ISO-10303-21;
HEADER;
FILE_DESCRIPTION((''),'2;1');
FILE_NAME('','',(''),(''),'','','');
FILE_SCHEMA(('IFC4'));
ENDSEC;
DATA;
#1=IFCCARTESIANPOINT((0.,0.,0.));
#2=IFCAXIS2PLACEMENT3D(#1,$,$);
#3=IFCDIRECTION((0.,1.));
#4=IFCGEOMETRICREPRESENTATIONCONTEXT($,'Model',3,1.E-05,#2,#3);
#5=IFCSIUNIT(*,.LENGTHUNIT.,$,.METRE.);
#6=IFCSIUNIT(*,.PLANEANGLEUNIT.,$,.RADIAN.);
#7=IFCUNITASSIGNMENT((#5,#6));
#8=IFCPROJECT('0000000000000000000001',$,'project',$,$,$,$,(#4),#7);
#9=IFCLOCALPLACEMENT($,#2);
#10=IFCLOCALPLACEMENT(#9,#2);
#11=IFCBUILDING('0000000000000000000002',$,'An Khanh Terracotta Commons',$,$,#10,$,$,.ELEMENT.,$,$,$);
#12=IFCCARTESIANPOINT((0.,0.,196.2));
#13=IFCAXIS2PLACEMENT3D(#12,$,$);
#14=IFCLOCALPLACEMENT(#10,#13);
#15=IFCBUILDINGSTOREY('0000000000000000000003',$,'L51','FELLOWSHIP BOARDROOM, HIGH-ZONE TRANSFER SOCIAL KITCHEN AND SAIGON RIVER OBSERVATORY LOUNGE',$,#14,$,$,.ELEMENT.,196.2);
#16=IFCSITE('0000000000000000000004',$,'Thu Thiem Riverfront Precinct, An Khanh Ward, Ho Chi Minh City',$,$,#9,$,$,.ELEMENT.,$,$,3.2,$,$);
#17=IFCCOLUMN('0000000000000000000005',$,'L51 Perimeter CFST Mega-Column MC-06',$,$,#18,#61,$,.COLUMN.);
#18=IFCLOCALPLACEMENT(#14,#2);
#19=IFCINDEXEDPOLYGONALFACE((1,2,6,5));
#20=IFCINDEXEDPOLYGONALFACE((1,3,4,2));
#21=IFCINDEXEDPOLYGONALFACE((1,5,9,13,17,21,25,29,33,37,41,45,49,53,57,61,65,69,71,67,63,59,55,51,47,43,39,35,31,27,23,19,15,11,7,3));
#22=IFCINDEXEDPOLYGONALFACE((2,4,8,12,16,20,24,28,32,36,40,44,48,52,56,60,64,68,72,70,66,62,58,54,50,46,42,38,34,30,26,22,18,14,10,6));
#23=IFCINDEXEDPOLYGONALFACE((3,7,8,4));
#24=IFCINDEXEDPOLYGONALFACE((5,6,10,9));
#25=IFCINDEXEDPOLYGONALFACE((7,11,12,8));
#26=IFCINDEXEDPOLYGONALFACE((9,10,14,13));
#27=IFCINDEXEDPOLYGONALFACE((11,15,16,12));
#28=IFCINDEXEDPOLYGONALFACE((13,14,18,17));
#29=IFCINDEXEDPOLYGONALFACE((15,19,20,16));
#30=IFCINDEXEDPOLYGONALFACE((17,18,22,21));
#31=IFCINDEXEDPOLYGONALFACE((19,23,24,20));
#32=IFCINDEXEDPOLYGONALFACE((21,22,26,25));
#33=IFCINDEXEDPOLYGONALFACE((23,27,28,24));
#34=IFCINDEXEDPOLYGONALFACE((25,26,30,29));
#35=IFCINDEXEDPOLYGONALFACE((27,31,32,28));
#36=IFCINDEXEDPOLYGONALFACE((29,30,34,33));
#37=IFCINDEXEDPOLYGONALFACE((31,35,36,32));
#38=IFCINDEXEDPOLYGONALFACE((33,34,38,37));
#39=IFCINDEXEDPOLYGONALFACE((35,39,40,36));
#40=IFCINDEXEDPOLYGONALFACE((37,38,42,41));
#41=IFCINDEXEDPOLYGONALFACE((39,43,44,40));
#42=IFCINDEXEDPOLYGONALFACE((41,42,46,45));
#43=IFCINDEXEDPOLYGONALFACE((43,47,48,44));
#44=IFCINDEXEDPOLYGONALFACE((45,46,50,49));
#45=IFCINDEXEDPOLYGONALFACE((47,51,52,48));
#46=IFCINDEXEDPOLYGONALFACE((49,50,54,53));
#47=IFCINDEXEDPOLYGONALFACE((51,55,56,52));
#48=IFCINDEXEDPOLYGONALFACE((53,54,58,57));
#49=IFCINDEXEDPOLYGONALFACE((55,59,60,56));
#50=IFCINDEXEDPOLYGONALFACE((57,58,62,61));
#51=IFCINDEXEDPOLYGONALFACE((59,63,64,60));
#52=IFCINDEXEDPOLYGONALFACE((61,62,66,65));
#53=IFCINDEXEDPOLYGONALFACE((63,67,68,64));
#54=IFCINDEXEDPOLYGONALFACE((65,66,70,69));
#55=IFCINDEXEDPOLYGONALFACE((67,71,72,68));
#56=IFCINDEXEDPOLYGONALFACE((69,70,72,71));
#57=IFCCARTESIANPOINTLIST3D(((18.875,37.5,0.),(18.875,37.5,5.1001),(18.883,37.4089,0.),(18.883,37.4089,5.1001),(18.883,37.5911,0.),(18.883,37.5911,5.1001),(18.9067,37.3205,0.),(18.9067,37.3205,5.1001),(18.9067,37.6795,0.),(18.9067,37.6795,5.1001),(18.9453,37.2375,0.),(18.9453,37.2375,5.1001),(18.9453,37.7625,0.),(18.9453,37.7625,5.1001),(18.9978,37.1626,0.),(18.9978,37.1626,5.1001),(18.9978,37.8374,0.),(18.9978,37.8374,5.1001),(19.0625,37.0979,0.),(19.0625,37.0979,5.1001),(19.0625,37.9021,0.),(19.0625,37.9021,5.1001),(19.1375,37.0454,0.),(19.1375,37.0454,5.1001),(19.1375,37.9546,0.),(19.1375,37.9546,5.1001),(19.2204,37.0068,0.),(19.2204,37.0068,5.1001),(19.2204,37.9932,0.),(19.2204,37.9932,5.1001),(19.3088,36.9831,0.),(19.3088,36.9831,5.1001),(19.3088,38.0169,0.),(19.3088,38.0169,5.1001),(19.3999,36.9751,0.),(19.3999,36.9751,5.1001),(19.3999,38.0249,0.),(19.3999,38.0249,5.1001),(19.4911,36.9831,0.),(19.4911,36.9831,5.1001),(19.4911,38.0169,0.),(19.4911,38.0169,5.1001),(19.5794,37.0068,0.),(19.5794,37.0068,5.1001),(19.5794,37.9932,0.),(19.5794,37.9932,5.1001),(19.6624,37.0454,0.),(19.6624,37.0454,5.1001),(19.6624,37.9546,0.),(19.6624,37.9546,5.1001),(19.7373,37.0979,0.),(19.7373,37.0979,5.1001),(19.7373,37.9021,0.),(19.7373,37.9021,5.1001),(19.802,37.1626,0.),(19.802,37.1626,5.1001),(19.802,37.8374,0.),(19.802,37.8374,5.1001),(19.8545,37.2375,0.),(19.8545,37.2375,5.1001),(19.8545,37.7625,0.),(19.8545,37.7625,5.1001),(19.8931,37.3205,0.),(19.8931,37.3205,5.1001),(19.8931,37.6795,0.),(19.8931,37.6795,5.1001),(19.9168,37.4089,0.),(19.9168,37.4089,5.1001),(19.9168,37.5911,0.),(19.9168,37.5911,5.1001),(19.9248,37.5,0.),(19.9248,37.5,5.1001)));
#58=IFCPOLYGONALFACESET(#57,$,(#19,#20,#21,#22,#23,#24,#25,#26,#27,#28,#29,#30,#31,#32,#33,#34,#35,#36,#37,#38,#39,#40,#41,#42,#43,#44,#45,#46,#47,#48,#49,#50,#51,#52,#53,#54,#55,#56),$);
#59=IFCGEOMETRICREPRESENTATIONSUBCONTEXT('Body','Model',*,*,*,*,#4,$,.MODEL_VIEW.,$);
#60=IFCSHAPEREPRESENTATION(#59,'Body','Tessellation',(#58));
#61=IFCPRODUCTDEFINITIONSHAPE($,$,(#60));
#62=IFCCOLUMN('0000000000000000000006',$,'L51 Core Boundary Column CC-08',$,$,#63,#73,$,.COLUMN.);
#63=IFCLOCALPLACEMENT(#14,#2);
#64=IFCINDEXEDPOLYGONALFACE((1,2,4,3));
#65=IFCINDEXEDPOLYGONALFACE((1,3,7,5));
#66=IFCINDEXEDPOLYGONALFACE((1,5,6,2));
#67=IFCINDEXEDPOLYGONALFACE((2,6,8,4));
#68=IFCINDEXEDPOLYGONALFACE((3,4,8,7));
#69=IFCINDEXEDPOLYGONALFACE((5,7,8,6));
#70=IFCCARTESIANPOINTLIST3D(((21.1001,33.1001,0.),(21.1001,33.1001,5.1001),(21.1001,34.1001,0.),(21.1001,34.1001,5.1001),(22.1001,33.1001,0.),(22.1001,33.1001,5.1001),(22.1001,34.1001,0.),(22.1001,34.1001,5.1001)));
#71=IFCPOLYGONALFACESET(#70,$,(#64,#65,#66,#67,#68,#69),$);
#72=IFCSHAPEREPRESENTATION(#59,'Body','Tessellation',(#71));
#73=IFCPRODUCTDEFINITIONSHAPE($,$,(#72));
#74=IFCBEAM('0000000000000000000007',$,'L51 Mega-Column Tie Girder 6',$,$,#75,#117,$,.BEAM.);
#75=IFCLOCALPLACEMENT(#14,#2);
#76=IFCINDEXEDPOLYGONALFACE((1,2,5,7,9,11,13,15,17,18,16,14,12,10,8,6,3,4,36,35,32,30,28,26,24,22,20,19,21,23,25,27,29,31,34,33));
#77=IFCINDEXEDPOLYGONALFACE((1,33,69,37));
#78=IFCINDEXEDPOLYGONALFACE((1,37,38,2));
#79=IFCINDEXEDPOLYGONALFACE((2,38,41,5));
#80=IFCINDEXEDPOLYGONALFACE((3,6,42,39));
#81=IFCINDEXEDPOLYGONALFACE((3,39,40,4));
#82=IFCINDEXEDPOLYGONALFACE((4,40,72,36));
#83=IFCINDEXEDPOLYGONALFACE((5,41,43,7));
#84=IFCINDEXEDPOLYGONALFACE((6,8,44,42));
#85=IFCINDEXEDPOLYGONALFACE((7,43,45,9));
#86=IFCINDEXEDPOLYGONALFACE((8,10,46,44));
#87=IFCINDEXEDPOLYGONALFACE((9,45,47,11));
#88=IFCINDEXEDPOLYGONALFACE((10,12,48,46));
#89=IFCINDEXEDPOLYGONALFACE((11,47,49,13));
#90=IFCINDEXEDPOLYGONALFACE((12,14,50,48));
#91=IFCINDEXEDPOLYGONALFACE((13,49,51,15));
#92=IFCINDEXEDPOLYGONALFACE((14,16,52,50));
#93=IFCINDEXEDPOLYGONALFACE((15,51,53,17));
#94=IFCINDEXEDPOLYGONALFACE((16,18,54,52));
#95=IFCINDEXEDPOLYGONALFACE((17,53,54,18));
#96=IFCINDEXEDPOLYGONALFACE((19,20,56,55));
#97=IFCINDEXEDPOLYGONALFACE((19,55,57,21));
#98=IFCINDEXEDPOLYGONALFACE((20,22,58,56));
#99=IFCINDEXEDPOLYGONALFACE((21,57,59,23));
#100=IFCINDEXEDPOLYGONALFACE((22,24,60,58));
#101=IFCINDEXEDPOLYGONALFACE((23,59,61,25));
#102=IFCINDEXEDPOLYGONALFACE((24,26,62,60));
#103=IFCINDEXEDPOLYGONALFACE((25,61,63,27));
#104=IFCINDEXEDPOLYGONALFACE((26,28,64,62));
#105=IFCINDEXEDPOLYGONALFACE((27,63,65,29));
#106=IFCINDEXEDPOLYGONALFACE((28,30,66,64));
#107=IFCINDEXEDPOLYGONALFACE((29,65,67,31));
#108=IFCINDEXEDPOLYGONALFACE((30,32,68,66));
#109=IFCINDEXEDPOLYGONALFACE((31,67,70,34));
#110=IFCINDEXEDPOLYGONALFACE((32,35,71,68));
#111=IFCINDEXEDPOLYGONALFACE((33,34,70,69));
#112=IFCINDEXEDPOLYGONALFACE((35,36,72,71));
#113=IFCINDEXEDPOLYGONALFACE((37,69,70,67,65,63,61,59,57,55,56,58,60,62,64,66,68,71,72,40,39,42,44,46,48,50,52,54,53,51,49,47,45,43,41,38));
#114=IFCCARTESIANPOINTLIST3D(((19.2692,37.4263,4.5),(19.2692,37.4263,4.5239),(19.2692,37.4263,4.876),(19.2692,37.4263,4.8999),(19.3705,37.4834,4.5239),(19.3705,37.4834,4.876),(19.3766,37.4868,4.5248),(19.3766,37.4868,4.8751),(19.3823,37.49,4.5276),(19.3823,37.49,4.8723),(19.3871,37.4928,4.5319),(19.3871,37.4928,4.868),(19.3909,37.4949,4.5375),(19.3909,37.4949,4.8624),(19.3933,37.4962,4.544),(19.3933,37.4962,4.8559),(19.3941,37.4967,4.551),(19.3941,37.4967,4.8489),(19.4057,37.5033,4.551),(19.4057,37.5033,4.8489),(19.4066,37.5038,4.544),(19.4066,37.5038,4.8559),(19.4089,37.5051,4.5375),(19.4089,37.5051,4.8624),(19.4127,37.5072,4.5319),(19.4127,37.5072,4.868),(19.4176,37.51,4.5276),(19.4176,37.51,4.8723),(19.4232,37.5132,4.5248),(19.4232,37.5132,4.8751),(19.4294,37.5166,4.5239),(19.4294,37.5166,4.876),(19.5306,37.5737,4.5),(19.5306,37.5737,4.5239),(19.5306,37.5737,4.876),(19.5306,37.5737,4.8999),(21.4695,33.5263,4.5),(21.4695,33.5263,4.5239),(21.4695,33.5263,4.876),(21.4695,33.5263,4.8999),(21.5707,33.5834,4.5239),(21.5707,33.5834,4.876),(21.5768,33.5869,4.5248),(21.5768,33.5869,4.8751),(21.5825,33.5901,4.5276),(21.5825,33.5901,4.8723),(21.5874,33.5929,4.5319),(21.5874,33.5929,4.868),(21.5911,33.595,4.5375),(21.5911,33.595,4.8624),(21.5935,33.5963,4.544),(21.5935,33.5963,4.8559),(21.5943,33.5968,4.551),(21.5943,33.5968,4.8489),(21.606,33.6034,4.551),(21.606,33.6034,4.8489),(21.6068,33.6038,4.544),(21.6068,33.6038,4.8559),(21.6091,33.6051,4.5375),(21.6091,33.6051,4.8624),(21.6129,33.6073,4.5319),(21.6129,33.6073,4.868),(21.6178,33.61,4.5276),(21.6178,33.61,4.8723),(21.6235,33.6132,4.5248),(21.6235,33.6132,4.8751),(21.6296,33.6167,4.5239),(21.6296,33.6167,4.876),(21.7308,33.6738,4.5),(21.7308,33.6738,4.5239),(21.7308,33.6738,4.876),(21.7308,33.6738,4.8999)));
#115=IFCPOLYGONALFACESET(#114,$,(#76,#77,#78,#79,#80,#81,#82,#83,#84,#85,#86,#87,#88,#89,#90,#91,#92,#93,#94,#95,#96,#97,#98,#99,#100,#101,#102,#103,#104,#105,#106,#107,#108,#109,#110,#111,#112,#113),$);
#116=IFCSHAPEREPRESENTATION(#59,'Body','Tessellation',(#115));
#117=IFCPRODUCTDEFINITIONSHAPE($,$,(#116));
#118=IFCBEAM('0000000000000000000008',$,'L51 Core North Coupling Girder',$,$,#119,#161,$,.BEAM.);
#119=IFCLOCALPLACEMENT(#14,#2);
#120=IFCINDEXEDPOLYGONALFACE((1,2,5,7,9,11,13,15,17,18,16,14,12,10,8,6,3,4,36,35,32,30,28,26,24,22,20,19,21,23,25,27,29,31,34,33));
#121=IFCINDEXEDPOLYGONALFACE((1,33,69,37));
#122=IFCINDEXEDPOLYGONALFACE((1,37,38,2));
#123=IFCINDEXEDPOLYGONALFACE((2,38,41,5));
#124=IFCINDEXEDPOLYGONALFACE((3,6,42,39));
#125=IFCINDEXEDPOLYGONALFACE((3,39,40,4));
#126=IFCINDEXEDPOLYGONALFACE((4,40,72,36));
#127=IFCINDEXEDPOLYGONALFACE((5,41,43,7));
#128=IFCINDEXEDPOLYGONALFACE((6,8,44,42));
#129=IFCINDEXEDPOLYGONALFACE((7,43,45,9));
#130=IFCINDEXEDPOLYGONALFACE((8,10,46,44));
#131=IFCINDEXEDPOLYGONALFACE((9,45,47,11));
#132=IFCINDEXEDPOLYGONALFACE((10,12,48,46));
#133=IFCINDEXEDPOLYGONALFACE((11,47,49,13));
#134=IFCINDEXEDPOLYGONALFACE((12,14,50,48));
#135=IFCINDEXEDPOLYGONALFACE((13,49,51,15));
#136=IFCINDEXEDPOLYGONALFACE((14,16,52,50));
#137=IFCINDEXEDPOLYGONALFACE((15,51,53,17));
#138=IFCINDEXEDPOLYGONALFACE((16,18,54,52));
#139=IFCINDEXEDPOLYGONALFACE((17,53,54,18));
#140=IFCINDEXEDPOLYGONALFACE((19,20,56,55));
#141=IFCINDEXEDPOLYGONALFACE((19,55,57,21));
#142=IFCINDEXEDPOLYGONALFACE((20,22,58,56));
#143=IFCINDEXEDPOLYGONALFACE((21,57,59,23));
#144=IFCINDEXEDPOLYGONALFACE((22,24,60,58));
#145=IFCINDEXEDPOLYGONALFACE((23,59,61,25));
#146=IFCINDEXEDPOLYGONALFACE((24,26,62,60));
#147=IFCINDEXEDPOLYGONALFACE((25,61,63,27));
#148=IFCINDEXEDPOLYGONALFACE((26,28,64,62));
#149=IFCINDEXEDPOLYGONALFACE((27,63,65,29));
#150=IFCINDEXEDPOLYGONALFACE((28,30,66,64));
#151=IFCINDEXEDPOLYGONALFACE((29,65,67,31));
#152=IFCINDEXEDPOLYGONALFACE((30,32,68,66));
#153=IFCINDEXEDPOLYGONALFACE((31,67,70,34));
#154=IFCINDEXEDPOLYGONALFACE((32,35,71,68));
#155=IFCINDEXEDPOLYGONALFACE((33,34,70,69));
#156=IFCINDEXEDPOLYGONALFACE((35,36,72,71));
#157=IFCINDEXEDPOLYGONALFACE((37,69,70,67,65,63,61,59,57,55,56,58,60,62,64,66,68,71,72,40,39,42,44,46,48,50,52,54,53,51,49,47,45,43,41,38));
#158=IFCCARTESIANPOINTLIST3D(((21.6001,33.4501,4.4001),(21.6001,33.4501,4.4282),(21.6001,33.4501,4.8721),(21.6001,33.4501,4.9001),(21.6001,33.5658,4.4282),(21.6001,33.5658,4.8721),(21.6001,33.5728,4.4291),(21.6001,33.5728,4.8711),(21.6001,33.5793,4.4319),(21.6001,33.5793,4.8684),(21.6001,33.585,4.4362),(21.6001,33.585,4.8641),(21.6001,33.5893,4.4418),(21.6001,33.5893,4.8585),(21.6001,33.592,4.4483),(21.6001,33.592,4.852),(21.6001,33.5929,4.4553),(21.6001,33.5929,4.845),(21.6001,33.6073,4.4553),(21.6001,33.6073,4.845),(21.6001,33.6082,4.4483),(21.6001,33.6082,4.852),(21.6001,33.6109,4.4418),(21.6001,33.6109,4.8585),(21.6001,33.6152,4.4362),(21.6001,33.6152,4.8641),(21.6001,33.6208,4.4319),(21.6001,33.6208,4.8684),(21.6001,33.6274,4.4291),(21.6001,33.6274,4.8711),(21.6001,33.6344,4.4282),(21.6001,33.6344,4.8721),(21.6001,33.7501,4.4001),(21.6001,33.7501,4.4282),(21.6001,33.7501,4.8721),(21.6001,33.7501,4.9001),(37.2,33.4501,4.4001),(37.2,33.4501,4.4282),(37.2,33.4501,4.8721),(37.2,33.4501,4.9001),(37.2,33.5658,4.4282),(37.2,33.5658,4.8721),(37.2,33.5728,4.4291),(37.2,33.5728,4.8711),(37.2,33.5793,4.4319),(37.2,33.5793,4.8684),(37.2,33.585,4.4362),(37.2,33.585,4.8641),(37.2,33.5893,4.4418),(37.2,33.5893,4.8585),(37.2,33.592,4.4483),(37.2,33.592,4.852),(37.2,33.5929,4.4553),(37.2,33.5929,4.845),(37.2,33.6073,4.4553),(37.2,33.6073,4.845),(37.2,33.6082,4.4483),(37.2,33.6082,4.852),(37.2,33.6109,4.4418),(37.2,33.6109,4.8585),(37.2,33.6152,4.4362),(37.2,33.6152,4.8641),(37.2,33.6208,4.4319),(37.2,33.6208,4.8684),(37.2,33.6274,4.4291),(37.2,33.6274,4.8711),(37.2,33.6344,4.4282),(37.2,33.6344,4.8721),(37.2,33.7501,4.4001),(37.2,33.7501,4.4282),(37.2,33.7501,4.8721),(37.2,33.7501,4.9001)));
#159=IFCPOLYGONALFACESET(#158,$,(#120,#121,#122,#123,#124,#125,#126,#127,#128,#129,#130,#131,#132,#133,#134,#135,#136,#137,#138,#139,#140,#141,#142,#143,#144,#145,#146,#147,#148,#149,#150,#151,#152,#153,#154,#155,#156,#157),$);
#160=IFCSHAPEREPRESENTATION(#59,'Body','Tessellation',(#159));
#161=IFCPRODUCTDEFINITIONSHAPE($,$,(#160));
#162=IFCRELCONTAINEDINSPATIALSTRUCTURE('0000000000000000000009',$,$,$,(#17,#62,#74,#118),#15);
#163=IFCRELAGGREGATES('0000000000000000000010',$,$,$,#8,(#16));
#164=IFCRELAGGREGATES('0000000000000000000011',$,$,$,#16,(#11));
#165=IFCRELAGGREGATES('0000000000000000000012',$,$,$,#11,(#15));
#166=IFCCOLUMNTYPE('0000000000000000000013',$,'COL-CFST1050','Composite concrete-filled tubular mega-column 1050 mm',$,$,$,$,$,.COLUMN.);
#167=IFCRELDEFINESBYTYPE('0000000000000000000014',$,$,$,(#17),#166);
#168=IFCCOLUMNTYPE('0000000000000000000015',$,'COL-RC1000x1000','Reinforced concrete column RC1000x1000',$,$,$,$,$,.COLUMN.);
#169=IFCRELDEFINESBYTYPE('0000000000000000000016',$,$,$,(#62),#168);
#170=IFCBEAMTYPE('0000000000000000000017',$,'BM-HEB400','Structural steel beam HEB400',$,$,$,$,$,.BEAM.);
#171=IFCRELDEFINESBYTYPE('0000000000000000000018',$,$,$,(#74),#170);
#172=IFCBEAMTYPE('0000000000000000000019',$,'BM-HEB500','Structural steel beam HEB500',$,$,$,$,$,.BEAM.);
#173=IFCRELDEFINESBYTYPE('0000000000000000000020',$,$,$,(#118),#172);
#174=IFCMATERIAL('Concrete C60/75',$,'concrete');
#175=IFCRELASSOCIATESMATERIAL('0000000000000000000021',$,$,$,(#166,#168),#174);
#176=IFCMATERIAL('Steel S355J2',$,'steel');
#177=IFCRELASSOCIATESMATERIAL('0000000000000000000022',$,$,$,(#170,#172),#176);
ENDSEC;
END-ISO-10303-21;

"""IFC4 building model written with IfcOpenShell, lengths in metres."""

from ifc_helpers import new_model, si_unit, direction, frame, origin, origin_2d, place, context, subcontext, project, spatial, rectangle, circle, i_section, extrude, material, material_profile, profile_set, type_object, element, save


model = new_model("IFC4")

# Units and contexts
model_context = context("Model", 3, precision=1e-05, world=origin(), true_north=direction((0.0, 1.0)))
body_context = subcontext(model_context, "Body", "Model", "MODEL_VIEW")
ifc_project = project(units=[si_unit("LENGTHUNIT", "METRE"), si_unit("PLANEANGLEUNIT", "RADIAN")], contexts=[model_context])

# Site, building, storey
site_placement = place(None, origin())
site = spatial("IfcSite", under=ifc_project, at=site_placement, Name="Thu Thiem Riverfront Precinct, An Khanh Ward, Ho Chi Minh City", CompositionType="ELEMENT", RefElevation=3.2)
building_placement = place(site_placement, origin())
building = spatial("IfcBuilding", under=site, at=building_placement, Name="An Khanh Terracotta Commons", CompositionType="ELEMENT")
storey_placement = place(building_placement, frame((0.0, 0.0, 196.2)))
storey = spatial("IfcBuildingStorey", under=building, at=storey_placement, Name="L51", Description="FELLOWSHIP BOARDROOM, HIGH-ZONE TRANSFER SOCIAL KITCHEN AND SAIGON RIVER OBSERVATORY LOUNGE", CompositionType="ELEMENT", Elevation=196.2)

# Columns
ifc_material_1 = material(Name="Concrete C60/75", Category="concrete")
ifc_material_profile_1 = material_profile(ifc_material_1, circle(Radius=0.5249, at=origin_2d()), Name="CFST1050")
ifc_profile_set_1 = profile_set([ifc_material_profile_1], Name="Concrete C60/75")
column_type_1 = type_object("IfcColumnType", Name="COL-CFST1050", Description="Composite concrete-filled tubular mega-column 1050 mm", PredefinedType="COLUMN", material=ifc_profile_set_1)
column_1_placement = place(storey_placement, frame((19.3999, 37.5, 0.0), z_axis=(0.0, 0.0, 1.0), x_axis=(1.0, 0.0, 0.0)))
element("IfcColumn", 1, at=column_1_placement, inside=storey, type_object=column_type_1, Name="L51 Perimeter CFST Mega-Column MC-06", PredefinedType="COLUMN", context=body_context, shape_type="SweptSolid", body=[
    extrude(circle(Radius=0.5249, at=origin_2d()), origin(), (0.0, 0.0, 1.0), 5.1001),
])
ifc_material_profile_2 = material_profile(ifc_material_1, rectangle(XDim=1.0, YDim=1.0, at=origin_2d()), Name="RC1000x1000")
ifc_profile_set_2 = profile_set([ifc_material_profile_2], Name="Concrete C60/75")
column_type_2 = type_object("IfcColumnType", Name="COL-RC1000x1000", Description="Reinforced concrete column RC1000x1000", PredefinedType="COLUMN", material=ifc_profile_set_2)
column_2_placement = place(storey_placement, frame((21.6001, 33.6001, 0.0), z_axis=(0.0, 0.0, 1.0), x_axis=(1.0, 0.0, 0.0)))
element("IfcColumn", 2, at=column_2_placement, inside=storey, type_object=column_type_2, Name="L51 Core Boundary Column CC-08", PredefinedType="COLUMN", context=body_context, shape_type="SweptSolid", body=[
    extrude(rectangle(XDim=1.0, YDim=1.0, at=origin_2d()), origin(), (0.0, 0.0, 1.0), 5.1001),
])

# Beams
ifc_material_2 = material(Name="Steel S355J2", Category="steel")
ifc_material_profile_3 = material_profile(ifc_material_2, i_section(OverallWidth=0.3, OverallDepth=0.3999, WebThickness=0.0134, FlangeThickness=0.0239, FilletRadius=0.0271, at=origin_2d()), Name="HEB400")
ifc_profile_set_3 = profile_set([ifc_material_profile_3], Name="Steel S355J2")
beam_type_1 = type_object("IfcBeamType", Name="BM-HEB400", Description="Structural steel beam HEB400", PredefinedType="BEAM", material=ifc_profile_set_3)
beam_1_placement = place(storey_placement, frame((19.3999, 37.5, 4.7), z_axis=(0.491364, -0.870955, 0.0), x_axis=(0.870955, 0.491364, 0.0)))
element("IfcBeam", 3, at=beam_1_placement, inside=storey, type_object=beam_type_1, Name="L51 Mega-Column Tie Girder 6", PredefinedType="BEAM", context=body_context, shape_type="SweptSolid", body=[
    extrude(i_section(OverallWidth=0.3, OverallDepth=0.3999, WebThickness=0.0134, FlangeThickness=0.0239, FilletRadius=0.0271, at=origin_2d()), origin(), (0.0, 0.0, 1.0), 4.4778),
])
ifc_material_profile_4 = material_profile(ifc_material_2, i_section(OverallWidth=0.3, OverallDepth=0.5, WebThickness=0.0144, FlangeThickness=0.0281, FilletRadius=0.0271, at=origin_2d()), Name="HEB500")
ifc_profile_set_4 = profile_set([ifc_material_profile_4], Name="Steel S355J2")
beam_type_2 = type_object("IfcBeamType", Name="BM-HEB500", Description="Structural steel beam HEB500", PredefinedType="BEAM", material=ifc_profile_set_4)
beam_2_placement = place(storey_placement, frame((21.6001, 33.6001, 4.6501), z_axis=(1.0, 0.0, 0.0), x_axis=(0.0, 1.0, 0.0)))
element("IfcBeam", 4, at=beam_2_placement, inside=storey, type_object=beam_type_2, Name="L51 Core North Coupling Girder", PredefinedType="BEAM", context=body_context, shape_type="SweptSolid", body=[
    extrude(i_section(OverallWidth=0.3, OverallDepth=0.5, WebThickness=0.0144, FlangeThickness=0.0281, FilletRadius=0.0271, at=origin_2d()), origin(), (0.0, 0.0, 1.0), 15.5999),
])

save(model, "model.ifc")
